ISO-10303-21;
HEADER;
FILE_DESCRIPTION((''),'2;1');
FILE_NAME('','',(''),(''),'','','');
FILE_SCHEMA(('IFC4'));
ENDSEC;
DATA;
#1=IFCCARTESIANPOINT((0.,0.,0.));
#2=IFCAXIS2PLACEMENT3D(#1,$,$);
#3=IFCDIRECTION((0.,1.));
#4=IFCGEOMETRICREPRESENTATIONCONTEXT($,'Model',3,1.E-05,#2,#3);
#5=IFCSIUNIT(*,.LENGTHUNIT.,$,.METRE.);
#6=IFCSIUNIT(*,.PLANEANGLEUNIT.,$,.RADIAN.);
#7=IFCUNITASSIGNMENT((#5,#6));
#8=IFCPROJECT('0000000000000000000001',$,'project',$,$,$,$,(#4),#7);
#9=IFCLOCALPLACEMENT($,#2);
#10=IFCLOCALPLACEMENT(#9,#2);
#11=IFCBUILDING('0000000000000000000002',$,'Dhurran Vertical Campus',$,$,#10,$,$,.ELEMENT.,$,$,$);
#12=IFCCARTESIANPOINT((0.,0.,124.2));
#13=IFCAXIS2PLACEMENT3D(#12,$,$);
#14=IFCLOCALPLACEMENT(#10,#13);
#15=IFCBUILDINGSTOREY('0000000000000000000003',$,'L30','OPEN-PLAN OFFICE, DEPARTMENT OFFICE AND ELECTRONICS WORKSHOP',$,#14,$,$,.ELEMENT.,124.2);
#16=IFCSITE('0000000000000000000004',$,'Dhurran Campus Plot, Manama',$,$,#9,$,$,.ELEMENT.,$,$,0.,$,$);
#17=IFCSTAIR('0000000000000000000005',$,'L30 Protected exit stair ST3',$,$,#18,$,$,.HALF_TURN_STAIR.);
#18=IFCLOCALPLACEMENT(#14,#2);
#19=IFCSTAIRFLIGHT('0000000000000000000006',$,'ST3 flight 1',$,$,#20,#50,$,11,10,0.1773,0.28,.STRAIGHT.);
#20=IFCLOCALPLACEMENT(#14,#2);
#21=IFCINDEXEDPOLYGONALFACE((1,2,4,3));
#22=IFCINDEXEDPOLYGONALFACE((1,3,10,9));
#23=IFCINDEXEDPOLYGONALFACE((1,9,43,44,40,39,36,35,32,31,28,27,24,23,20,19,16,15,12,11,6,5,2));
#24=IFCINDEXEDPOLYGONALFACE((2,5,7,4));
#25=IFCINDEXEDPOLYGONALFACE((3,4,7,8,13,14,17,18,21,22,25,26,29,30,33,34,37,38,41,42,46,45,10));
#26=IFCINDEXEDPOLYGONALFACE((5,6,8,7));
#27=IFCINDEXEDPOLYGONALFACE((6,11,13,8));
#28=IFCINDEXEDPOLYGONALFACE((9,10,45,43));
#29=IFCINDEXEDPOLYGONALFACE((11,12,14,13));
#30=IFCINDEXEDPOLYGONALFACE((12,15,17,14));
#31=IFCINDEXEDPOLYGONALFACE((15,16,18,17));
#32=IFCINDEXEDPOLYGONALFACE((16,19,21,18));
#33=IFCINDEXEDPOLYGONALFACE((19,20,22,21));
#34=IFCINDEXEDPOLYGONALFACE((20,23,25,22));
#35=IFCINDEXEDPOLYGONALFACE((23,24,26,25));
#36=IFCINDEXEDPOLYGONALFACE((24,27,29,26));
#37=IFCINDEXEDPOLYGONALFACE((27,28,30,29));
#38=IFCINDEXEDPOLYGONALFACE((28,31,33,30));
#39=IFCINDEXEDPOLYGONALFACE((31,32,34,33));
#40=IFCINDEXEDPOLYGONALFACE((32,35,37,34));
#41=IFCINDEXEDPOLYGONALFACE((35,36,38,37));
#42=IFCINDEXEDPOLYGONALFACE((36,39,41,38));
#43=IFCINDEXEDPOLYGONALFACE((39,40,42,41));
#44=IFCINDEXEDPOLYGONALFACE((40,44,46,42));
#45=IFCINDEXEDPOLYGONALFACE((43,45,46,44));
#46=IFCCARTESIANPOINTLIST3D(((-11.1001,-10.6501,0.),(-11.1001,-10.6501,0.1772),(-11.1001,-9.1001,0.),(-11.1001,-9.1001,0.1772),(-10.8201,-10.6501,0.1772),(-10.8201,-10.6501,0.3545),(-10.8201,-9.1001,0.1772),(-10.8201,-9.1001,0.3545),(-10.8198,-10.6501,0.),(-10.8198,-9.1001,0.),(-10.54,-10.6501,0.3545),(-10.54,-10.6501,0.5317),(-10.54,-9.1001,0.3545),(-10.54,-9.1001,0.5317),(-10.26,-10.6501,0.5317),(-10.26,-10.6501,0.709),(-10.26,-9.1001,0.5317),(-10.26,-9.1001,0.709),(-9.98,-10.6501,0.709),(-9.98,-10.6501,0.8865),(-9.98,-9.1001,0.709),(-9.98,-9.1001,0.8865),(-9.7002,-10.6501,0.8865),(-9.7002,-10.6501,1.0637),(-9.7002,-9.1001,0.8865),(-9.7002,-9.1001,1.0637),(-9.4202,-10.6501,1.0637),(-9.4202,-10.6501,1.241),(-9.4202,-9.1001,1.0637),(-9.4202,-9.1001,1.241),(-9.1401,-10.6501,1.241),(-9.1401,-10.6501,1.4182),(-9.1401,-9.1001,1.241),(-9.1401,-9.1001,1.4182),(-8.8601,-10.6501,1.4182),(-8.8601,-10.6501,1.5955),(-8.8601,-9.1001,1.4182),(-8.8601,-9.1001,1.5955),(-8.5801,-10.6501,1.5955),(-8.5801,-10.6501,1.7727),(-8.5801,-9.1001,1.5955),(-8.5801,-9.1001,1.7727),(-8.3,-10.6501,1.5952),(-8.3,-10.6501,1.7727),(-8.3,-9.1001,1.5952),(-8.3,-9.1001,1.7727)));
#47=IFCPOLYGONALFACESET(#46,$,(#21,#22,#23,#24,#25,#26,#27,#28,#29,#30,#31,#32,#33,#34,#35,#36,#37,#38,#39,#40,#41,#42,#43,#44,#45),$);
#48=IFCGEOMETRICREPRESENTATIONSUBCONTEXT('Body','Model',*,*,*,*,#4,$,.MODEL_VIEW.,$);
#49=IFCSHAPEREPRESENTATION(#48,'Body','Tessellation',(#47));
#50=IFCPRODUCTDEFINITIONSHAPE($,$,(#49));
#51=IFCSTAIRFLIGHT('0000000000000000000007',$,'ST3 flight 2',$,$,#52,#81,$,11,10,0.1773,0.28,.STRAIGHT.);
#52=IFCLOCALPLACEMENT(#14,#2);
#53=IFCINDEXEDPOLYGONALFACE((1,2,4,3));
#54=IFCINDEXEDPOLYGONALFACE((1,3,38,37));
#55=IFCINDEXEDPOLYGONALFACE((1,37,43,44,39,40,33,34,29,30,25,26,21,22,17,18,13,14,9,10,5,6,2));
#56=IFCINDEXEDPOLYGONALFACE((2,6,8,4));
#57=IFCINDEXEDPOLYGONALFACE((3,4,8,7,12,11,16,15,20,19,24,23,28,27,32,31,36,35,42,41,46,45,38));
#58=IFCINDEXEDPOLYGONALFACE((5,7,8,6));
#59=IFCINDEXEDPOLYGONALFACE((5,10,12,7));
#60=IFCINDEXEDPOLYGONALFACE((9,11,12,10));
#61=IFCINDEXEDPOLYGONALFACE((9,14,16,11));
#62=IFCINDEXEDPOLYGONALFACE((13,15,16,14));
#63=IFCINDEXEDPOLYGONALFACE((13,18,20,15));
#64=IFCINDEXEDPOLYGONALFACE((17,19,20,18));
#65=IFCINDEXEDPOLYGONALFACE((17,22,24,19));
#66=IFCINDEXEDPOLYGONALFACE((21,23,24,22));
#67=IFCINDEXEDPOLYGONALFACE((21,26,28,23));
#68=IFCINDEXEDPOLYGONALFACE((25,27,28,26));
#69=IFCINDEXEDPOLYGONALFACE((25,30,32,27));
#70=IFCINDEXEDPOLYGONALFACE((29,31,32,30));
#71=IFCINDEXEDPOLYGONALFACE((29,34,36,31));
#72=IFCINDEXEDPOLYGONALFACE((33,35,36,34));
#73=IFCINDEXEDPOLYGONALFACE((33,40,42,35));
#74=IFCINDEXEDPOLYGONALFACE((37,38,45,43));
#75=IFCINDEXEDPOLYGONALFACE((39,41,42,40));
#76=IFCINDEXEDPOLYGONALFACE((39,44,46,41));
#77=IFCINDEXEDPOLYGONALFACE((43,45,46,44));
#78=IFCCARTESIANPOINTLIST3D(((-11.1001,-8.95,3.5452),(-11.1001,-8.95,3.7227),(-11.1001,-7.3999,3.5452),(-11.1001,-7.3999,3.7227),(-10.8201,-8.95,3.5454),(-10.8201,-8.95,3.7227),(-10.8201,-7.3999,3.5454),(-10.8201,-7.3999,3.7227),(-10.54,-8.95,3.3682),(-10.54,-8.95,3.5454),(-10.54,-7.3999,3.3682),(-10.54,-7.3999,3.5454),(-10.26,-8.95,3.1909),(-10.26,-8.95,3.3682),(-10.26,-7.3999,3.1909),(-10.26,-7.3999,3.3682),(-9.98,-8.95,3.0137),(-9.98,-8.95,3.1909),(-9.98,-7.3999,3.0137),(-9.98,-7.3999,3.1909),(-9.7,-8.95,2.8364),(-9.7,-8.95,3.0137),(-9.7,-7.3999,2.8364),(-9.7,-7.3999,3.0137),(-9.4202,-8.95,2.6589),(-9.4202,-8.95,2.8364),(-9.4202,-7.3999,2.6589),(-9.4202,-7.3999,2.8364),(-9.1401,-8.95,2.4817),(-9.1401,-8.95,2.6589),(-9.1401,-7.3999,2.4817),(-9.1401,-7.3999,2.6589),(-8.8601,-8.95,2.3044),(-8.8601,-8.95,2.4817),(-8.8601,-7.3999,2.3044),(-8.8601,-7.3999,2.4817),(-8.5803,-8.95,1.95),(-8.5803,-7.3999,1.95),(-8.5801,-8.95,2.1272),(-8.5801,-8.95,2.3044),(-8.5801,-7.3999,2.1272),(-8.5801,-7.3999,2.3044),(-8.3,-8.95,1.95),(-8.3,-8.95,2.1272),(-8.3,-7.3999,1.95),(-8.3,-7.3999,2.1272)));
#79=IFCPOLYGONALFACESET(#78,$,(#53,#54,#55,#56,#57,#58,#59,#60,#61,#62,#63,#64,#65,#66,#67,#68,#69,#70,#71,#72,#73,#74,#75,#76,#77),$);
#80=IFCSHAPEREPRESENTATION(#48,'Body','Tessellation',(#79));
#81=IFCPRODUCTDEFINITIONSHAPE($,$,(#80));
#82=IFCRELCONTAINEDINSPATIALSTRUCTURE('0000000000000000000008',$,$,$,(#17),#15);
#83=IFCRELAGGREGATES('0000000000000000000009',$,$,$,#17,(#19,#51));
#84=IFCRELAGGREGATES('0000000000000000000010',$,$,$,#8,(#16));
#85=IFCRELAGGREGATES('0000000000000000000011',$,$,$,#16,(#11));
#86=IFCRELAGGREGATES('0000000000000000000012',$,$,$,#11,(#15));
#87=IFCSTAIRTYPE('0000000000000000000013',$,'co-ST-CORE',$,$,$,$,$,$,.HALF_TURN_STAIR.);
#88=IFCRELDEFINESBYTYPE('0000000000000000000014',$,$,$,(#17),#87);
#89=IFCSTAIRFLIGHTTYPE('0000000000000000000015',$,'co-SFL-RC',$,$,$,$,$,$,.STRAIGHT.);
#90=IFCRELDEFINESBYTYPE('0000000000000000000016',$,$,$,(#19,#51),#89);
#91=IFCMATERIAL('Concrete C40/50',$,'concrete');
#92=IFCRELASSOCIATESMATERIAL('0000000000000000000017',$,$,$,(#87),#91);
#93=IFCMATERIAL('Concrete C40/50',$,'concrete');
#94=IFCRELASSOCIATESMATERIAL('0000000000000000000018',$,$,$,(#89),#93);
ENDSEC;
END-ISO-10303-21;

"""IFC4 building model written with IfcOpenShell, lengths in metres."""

from ifc_helpers import new_model, si_unit, direction, frame, origin, place, context, subcontext, project, spatial, polyline, outline, extrude, material, type_object, element, aggregate, save


model = new_model("IFC4")

# Units and contexts
model_context = context("Model", 3, precision=1e-05, world=origin(), true_north=direction((0.0, 1.0)))
body_context = subcontext(model_context, "Body", "Model", "MODEL_VIEW")
ifc_project = project(units=[si_unit("LENGTHUNIT", "METRE"), si_unit("PLANEANGLEUNIT", "RADIAN")], contexts=[model_context])

# Site, building, storey
site_placement = place(None, origin())
site = spatial("IfcSite", under=ifc_project, at=site_placement, Name="Dhurran Campus Plot, Manama", CompositionType="ELEMENT", RefElevation=0.0)
building_placement = place(site_placement, origin())
building = spatial("IfcBuilding", under=site, at=building_placement, Name="Dhurran Vertical Campus", CompositionType="ELEMENT")
storey_placement = place(building_placement, frame((0.0, 0.0, 124.2)))
storey = spatial("IfcBuildingStorey", under=building, at=storey_placement, Name="L30", Description="OPEN-PLAN OFFICE, DEPARTMENT OFFICE AND ELECTRONICS WORKSHOP", CompositionType="ELEMENT", Elevation=124.2)

# Stair, stair flights
ifc_material_1 = material(Name="Concrete C40/50", Category="concrete")
stair_type = type_object("IfcStairType", Name="co-ST-CORE", PredefinedType="HALF_TURN_STAIR", material=ifc_material_1)
stair_placement = place(storey_placement, origin())
stair = element("IfcStair", 1, at=stair_placement, inside=storey, type_object=stair_type, Name="L30 Protected exit stair ST3", PredefinedType="HALF_TURN_STAIR")
ifc_material_2 = material(Name="Concrete C40/50", Category="concrete")
stair_flight_type = type_object("IfcStairFlightType", Name="co-SFL-RC", PredefinedType="STRAIGHT", material=ifc_material_2)
stair_flight_1_placement = place(storey_placement, frame((-11.1001, -9.875, 0.0), z_axis=(0.0, 0.0, 1.0), x_axis=(1.0, 0.0, 0.0)))
stair_flight_1 = element("IfcStairFlight", 2, at=stair_flight_1_placement, type_object=stair_flight_type, Name="ST3 flight 1", NumberOfRisers=11, NumberOfTreads=10, PredefinedType="STRAIGHT", RiserHeight=0.1773, TreadLength=0.28, context=body_context, shape_type="SweptSolid", body=[
    extrude(outline(polyline([(0.0, 0.0), (0.0, 0.1772), (0.28, 0.1772), (0.28, 0.3545), (0.5601, 0.3545), (0.5601, 0.5317), (0.8401, 0.5317), (0.8401, 0.709), (1.1201, 0.709), (1.1201, 0.8865), (1.3999, 0.8865), (1.3999, 1.0637), (1.6799, 1.0637), (1.6799, 1.241), (1.96, 1.241), (1.96, 1.4182), (2.24, 1.4182), (2.24, 1.5955), (2.52, 1.5955), (2.52, 1.7727), (2.8, 1.7727), (2.8, 1.95), (2.8, 1.5952), (0.2803, 0.0), (0.0, 0.0)])), frame((0.0, 0.7749, 0.0), z_axis=(0.0, -1.0, 0.0), x_axis=(1.0, 0.0, 0.0)), (0.0, 0.0, 1.0), 1.55),
])
stair_flight_2_placement = place(storey_placement, frame((-8.3, -8.175, 1.95), z_axis=(0.0, 0.0, 1.0), x_axis=(-1.0, 0.0, 0.0)))
stair_flight_2 = element("IfcStairFlight", 3, at=stair_flight_2_placement, type_object=stair_flight_type, Name="ST3 flight 2", NumberOfRisers=11, NumberOfTreads=10, PredefinedType="STRAIGHT", RiserHeight=0.1773, TreadLength=0.28, context=body_context, shape_type="SweptSolid", body=[
    extrude(outline(polyline([(0.0, 0.0), (0.0, 0.1772), (0.28, 0.1772), (0.28, 0.3545), (0.5601, 0.3545), (0.5601, 0.5317), (0.8401, 0.5317), (0.8401, 0.709), (1.1201, 0.709), (1.1201, 0.8865), (1.3999, 0.8865), (1.3999, 1.0637), (1.6799, 1.0637), (1.6799, 1.241), (1.96, 1.241), (1.96, 1.4182), (2.24, 1.4182), (2.24, 1.5955), (2.52, 1.5955), (2.52, 1.7727), (2.8, 1.7727), (2.8, 1.95), (2.8, 1.5952), (0.2803, 0.0), (0.0, 0.0)])), frame((0.0, 0.7749, 0.0), z_axis=(0.0, -1.0, 0.0), x_axis=(1.0, 0.0, 0.0)), (0.0, 0.0, 1.0), 1.55),
])
aggregate(stair, [stair_flight_1, stair_flight_2])

save(model, "model.ifc")
